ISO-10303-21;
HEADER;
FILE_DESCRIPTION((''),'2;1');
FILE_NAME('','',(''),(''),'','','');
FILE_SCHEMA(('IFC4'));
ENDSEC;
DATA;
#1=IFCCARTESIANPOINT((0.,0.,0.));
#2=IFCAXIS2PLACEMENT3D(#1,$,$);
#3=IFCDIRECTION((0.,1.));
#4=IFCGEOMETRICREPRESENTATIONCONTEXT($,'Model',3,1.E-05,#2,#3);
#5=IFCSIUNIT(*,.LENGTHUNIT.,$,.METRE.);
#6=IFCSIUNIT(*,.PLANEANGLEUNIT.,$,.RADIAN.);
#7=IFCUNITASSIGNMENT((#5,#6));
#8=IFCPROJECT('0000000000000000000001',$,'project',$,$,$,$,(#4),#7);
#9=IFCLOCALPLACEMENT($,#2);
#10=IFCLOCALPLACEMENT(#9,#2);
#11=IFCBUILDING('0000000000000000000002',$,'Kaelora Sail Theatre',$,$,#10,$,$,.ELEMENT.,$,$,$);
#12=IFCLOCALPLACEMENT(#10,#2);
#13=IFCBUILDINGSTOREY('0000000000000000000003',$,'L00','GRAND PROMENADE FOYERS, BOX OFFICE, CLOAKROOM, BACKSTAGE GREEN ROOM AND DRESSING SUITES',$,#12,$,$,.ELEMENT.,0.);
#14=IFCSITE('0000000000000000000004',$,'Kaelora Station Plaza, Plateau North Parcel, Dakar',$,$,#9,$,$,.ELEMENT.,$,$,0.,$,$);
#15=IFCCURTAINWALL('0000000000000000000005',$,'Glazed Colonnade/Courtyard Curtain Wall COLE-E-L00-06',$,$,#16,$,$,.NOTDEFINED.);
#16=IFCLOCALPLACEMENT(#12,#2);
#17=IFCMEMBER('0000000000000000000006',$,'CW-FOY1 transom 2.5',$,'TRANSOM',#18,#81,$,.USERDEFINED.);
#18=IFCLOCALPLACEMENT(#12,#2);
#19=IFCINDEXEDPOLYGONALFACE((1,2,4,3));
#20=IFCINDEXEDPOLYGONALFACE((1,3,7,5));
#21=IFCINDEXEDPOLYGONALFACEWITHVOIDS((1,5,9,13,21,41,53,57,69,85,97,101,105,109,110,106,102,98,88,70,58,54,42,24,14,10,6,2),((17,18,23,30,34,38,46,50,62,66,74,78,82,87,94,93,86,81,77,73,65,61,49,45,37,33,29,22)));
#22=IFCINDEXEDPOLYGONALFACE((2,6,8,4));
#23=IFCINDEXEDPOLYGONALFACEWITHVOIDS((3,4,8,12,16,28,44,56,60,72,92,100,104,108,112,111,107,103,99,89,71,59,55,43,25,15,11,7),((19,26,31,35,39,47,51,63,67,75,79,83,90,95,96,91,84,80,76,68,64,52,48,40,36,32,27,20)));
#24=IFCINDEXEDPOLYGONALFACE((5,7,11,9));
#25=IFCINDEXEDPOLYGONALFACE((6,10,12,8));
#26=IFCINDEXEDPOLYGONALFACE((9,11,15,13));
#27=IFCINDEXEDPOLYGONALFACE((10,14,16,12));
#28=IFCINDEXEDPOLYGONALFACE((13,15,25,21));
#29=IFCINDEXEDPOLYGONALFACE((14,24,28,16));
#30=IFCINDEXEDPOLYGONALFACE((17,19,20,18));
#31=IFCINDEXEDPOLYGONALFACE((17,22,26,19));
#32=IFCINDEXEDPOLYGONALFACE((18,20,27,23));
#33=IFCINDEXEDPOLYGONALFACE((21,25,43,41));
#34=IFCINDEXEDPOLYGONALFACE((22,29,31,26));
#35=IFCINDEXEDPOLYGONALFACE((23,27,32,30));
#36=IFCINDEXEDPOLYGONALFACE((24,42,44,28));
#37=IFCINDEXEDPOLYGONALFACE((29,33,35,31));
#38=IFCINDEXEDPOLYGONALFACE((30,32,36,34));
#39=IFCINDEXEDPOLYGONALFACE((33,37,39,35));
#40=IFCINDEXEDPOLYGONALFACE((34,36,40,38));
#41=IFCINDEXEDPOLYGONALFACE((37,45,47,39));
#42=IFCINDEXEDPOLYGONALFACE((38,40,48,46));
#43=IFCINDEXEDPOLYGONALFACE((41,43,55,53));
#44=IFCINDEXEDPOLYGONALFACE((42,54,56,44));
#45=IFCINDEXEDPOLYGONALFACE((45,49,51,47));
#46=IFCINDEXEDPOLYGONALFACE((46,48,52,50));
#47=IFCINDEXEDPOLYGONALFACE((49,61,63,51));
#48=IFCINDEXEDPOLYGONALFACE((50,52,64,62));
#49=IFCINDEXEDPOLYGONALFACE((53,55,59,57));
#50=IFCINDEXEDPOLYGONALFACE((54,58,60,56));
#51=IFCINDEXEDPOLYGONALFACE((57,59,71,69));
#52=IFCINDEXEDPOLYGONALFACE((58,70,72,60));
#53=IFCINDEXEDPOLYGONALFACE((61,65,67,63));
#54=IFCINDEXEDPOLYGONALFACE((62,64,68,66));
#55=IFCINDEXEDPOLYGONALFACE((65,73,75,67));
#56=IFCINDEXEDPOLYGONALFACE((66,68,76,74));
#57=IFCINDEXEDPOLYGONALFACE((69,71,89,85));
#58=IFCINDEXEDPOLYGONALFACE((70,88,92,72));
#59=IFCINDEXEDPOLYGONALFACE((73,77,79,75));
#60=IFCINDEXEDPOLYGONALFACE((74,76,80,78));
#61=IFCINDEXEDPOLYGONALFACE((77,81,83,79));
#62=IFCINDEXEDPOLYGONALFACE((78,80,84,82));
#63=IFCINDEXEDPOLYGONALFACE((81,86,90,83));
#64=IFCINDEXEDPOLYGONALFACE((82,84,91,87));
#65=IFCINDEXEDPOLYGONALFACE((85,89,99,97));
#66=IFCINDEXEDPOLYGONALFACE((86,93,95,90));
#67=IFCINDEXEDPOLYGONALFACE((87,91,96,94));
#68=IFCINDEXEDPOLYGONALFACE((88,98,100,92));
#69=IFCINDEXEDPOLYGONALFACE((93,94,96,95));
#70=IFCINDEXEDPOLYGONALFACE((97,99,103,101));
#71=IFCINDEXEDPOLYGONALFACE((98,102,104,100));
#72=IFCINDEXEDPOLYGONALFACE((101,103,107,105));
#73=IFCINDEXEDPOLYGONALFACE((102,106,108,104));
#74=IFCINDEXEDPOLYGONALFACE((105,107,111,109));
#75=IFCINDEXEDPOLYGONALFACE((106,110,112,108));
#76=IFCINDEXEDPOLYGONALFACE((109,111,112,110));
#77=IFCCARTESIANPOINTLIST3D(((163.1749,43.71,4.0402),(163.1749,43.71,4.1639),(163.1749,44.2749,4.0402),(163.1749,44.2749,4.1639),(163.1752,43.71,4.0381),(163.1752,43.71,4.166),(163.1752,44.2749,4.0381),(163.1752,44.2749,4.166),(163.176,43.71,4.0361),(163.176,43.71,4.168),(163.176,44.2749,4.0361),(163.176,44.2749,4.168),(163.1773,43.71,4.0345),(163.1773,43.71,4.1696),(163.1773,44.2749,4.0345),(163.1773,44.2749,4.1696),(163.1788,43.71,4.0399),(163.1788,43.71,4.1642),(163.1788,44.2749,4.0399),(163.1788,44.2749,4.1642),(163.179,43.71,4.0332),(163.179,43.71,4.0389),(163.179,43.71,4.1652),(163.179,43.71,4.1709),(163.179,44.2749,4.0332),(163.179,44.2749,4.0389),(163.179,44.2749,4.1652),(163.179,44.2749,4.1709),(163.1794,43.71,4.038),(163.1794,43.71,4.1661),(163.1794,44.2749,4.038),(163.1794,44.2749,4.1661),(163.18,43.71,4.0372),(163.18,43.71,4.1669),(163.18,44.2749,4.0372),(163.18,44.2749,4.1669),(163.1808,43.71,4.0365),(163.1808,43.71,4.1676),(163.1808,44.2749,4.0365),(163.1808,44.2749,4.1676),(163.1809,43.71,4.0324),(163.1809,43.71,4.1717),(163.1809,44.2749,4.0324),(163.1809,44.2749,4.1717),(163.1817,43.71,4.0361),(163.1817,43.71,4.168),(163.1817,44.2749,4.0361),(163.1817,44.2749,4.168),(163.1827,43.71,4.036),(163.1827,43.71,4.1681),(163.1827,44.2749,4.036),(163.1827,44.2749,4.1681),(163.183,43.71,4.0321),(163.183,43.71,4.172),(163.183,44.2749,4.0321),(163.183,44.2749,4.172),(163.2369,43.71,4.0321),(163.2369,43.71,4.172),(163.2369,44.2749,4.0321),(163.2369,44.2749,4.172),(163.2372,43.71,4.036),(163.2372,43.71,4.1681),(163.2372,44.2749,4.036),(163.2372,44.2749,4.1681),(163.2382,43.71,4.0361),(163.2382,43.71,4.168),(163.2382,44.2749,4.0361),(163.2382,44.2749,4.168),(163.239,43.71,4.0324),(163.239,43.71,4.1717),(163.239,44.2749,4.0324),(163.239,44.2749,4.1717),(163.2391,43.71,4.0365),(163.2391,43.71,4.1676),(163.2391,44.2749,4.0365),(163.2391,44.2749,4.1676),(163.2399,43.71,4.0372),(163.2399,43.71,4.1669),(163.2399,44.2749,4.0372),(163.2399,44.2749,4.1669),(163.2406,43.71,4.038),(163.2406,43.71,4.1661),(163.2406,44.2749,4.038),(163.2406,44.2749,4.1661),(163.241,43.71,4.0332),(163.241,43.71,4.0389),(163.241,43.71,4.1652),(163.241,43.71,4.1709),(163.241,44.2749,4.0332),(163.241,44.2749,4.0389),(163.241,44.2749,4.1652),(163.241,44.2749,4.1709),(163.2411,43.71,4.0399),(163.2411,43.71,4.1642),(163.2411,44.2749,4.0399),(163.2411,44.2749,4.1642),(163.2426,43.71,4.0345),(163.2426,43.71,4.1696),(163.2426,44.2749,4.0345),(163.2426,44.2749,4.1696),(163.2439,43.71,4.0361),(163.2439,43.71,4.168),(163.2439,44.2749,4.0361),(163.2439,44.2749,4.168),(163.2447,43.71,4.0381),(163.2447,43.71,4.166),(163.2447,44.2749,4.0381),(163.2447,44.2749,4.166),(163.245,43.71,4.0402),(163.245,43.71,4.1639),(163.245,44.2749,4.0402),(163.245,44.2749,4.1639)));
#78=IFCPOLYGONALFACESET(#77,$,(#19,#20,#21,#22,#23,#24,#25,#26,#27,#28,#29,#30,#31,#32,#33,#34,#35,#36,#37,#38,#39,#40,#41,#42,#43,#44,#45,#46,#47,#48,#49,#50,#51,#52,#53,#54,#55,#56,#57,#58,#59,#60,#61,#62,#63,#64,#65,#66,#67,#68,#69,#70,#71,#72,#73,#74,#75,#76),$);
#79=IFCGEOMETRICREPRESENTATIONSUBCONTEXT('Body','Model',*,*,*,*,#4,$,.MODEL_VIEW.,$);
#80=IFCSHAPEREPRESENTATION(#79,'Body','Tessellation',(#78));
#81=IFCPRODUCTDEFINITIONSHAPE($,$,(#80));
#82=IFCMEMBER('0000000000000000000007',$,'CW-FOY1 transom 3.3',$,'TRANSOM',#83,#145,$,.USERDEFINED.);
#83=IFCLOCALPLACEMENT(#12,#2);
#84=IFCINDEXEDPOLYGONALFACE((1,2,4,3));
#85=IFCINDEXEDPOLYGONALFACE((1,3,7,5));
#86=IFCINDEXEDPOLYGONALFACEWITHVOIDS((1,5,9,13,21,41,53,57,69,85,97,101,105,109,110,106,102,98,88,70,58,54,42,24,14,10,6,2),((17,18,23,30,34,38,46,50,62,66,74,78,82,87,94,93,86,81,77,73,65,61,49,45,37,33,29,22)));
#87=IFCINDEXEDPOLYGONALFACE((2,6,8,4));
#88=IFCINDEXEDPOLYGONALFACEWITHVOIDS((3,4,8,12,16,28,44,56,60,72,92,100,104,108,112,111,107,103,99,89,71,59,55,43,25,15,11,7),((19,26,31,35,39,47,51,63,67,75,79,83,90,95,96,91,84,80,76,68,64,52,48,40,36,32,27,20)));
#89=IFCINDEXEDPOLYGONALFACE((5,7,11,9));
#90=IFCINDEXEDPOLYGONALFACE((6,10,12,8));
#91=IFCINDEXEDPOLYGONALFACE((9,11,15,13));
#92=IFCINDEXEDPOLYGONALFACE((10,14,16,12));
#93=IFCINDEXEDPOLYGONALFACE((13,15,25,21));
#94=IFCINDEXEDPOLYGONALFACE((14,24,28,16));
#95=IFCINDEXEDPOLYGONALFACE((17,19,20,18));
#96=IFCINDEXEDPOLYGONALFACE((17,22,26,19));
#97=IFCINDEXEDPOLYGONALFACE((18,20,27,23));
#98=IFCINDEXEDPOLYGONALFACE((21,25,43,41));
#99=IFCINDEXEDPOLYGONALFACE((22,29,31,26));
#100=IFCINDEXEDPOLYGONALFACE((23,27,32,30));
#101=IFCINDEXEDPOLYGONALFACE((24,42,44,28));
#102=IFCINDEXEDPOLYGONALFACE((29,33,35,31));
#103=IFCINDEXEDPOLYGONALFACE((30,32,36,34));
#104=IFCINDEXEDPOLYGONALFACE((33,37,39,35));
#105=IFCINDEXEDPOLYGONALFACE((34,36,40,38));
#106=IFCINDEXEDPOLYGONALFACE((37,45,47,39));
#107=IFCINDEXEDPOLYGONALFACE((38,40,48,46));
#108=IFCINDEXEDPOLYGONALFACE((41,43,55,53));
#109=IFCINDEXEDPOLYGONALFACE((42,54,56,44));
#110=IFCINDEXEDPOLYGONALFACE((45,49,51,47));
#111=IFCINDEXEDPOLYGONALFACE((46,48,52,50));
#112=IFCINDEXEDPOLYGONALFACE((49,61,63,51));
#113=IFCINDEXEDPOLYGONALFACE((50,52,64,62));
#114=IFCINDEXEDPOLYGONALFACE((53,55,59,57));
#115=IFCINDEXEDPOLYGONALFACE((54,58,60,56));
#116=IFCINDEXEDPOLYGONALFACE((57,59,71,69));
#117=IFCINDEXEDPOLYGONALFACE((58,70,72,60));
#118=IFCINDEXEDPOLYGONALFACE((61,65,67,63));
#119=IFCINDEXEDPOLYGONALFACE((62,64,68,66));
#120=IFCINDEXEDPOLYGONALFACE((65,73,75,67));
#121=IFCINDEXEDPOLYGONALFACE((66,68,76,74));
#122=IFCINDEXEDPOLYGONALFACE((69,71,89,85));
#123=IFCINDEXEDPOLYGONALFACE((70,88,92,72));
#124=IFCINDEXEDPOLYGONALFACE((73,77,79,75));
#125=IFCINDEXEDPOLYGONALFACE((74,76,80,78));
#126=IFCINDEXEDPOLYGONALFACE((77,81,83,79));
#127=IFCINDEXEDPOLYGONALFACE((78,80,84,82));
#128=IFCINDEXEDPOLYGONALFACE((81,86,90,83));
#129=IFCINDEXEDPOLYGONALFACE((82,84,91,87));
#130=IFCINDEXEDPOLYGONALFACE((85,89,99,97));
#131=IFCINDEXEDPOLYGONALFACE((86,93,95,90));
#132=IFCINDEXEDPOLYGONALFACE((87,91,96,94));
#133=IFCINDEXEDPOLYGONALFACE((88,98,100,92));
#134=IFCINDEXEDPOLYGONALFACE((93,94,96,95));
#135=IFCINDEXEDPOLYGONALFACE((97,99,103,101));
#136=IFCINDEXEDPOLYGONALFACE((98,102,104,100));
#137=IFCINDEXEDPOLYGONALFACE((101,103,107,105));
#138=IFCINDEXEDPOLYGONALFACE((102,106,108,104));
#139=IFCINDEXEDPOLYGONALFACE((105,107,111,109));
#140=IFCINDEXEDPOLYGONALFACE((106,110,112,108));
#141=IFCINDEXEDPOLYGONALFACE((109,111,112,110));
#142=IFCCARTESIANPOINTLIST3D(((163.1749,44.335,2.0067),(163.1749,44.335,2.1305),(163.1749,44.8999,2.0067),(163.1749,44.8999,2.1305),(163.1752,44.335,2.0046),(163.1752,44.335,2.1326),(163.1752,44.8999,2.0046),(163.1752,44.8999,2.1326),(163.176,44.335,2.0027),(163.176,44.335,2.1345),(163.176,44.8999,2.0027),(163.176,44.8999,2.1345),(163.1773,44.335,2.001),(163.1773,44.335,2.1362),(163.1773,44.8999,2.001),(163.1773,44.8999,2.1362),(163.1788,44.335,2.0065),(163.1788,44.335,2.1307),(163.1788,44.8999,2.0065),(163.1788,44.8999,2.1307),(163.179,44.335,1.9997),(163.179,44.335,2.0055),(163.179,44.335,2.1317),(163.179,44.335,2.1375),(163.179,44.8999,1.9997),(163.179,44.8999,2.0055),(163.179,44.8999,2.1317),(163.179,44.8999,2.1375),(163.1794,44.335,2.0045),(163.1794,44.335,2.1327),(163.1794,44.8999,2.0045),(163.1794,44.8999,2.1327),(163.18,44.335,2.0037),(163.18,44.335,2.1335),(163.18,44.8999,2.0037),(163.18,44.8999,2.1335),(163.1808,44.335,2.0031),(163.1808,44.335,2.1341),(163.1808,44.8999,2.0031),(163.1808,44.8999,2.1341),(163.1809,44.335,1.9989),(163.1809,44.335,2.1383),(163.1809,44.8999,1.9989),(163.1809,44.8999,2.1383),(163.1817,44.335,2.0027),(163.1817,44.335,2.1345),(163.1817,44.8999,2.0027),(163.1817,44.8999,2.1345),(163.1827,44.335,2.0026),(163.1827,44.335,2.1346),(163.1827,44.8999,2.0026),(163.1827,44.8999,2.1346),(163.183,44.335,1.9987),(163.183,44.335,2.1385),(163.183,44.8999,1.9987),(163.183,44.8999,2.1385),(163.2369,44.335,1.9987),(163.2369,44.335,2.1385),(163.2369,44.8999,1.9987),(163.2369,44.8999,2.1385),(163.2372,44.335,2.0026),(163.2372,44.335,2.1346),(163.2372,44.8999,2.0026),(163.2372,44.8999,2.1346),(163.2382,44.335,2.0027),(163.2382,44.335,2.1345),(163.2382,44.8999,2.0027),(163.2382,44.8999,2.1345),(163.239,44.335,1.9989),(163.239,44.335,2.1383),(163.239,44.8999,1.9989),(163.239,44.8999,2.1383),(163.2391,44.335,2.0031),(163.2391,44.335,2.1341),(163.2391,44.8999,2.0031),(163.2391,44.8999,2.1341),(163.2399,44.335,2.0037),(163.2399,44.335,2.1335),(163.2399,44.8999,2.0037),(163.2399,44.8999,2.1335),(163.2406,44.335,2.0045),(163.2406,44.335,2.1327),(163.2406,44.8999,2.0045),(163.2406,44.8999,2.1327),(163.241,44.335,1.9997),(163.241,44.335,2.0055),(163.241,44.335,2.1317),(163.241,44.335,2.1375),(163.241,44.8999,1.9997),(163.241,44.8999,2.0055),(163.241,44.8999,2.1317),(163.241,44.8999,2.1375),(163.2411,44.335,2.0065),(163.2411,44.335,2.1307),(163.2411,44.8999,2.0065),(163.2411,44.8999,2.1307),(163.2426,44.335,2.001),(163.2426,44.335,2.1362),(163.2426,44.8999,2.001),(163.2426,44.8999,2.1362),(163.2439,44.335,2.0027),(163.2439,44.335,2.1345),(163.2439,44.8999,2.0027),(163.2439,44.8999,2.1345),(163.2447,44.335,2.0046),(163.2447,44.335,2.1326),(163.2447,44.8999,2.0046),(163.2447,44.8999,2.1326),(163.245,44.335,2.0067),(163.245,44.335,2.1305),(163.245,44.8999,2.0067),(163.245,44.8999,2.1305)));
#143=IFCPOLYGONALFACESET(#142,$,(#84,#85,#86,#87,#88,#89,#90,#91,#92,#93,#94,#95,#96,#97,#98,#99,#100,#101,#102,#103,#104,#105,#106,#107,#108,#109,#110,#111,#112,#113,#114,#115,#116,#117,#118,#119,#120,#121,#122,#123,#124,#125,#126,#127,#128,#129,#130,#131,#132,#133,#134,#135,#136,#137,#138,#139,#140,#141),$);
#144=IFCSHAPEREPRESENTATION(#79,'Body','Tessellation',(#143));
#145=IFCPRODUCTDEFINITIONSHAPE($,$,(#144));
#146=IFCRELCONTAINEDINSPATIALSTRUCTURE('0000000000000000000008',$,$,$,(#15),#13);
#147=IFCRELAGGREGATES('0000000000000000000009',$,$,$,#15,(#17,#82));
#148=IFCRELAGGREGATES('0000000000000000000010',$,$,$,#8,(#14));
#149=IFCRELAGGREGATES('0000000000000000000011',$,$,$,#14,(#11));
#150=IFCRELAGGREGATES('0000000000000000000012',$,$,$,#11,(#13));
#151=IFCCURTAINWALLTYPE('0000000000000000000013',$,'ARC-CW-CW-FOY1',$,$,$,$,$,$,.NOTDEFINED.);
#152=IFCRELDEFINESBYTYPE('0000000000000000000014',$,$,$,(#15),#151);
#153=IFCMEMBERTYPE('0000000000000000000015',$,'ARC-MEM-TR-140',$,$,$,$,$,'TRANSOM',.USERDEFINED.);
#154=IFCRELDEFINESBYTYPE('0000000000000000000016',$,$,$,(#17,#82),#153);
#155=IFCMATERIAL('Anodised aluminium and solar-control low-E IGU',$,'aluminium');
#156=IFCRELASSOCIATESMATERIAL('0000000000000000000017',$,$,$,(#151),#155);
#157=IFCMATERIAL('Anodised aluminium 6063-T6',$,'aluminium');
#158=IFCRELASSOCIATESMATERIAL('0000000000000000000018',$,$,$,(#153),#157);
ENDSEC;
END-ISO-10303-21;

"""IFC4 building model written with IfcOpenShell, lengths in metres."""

from ifc_helpers import new_model, si_unit, direction, frame, origin, origin_2d, place, context, subcontext, project, spatial, hollow_rectangle, extrude, material, material_profile, profile_set, type_object, element, aggregate, save


model = new_model("IFC4")

# Units and contexts
model_context = context("Model", 3, precision=1e-05, world=origin(), true_north=direction((0.0, 1.0)))
body_context = subcontext(model_context, "Body", "Model", "MODEL_VIEW")
ifc_project = project(units=[si_unit("LENGTHUNIT", "METRE"), si_unit("PLANEANGLEUNIT", "RADIAN")], contexts=[model_context])

# Site, building, storey
site_placement = place(None, origin())
site = spatial("IfcSite", under=ifc_project, at=site_placement, Name="Kaelora Station Plaza, Plateau North Parcel, Dakar", CompositionType="ELEMENT", RefElevation=0.0)
building_placement = place(site_placement, origin())
building = spatial("IfcBuilding", under=site, at=building_placement, Name="Kaelora Sail Theatre", CompositionType="ELEMENT")
storey_placement = place(building_placement, origin())
storey = spatial("IfcBuildingStorey", under=building, at=storey_placement, Name="L00", Description="GRAND PROMENADE FOYERS, BOX OFFICE, CLOAKROOM, BACKSTAGE GREEN ROOM AND DRESSING SUITES", CompositionType="ELEMENT", Elevation=0.0)

# Curtain wall, members
ifc_material_1 = material(Name="Anodised aluminium and solar-control low-E IGU", Category="aluminium")
curtain_wall_type = type_object("IfcCurtainWallType", Name="ARC-CW-CW-FOY1", PredefinedType="NOTDEFINED", material=ifc_material_1)
curtain_wall_1_placement = place(storey_placement, origin())
curtain_wall_1 = element("IfcCurtainWall", 1, at=curtain_wall_1_placement, inside=storey, type_object=curtain_wall_type, Name="Glazed Colonnade/Courtyard Curtain Wall COLE-E-L00-06", PredefinedType="NOTDEFINED")
ifc_material_2 = material(Name="Anodised aluminium 6063-T6", Category="aluminium")
ifc_material_profile = material_profile(ifc_material_2, hollow_rectangle(XDim=0.0701, YDim=0.1399, WallThickness=0.0039, InnerFilletRadius=0.0039, OuterFilletRadius=0.0081, at=origin_2d()), Name="ALU-TRAN 70x140x4")
ifc_profile_set = profile_set([ifc_material_profile], Name="Anodised aluminium 6063-T6")
member_type = type_object("IfcMemberType", Name="ARC-MEM-TR-140", ElementType="TRANSOM", PredefinedType="USERDEFINED", material=ifc_profile_set)
member_1_placement = place(storey_placement, frame((163.21, 43.71, 4.1021), z_axis=(0.0, 1.0, 0.0), x_axis=(-1.0, 0.0, 0.0)))
member_1 = element("IfcMember", 2, at=member_1_placement, type_object=member_type, Name="CW-FOY1 transom 2.5", ObjectType="TRANSOM", PredefinedType="USERDEFINED", context=body_context, shape_type="SweptSolid", body=[
    extrude(hollow_rectangle(XDim=0.0701, YDim=0.1399, WallThickness=0.0039, InnerFilletRadius=0.0039, OuterFilletRadius=0.0081, at=origin_2d()), origin(), (0.0, 0.0, 1.0), 0.5649),
])
member_2_placement = place(storey_placement, frame((163.21, 44.335, 2.0686), z_axis=(0.0, 1.0, 0.0), x_axis=(-1.0, 0.0, 0.0)))
member_2 = element("IfcMember", 3, at=member_2_placement, type_object=member_type, Name="CW-FOY1 transom 3.3", ObjectType="TRANSOM", PredefinedType="USERDEFINED", context=body_context, shape_type="SweptSolid", body=[
    extrude(hollow_rectangle(XDim=0.0701, YDim=0.1399, WallThickness=0.0039, InnerFilletRadius=0.0039, OuterFilletRadius=0.0081, at=origin_2d()), origin(), (0.0, 0.0, 1.0), 0.5649),
])

aggregate(curtain_wall_1, [member_1, member_2])

save(model, "model.ifc")
